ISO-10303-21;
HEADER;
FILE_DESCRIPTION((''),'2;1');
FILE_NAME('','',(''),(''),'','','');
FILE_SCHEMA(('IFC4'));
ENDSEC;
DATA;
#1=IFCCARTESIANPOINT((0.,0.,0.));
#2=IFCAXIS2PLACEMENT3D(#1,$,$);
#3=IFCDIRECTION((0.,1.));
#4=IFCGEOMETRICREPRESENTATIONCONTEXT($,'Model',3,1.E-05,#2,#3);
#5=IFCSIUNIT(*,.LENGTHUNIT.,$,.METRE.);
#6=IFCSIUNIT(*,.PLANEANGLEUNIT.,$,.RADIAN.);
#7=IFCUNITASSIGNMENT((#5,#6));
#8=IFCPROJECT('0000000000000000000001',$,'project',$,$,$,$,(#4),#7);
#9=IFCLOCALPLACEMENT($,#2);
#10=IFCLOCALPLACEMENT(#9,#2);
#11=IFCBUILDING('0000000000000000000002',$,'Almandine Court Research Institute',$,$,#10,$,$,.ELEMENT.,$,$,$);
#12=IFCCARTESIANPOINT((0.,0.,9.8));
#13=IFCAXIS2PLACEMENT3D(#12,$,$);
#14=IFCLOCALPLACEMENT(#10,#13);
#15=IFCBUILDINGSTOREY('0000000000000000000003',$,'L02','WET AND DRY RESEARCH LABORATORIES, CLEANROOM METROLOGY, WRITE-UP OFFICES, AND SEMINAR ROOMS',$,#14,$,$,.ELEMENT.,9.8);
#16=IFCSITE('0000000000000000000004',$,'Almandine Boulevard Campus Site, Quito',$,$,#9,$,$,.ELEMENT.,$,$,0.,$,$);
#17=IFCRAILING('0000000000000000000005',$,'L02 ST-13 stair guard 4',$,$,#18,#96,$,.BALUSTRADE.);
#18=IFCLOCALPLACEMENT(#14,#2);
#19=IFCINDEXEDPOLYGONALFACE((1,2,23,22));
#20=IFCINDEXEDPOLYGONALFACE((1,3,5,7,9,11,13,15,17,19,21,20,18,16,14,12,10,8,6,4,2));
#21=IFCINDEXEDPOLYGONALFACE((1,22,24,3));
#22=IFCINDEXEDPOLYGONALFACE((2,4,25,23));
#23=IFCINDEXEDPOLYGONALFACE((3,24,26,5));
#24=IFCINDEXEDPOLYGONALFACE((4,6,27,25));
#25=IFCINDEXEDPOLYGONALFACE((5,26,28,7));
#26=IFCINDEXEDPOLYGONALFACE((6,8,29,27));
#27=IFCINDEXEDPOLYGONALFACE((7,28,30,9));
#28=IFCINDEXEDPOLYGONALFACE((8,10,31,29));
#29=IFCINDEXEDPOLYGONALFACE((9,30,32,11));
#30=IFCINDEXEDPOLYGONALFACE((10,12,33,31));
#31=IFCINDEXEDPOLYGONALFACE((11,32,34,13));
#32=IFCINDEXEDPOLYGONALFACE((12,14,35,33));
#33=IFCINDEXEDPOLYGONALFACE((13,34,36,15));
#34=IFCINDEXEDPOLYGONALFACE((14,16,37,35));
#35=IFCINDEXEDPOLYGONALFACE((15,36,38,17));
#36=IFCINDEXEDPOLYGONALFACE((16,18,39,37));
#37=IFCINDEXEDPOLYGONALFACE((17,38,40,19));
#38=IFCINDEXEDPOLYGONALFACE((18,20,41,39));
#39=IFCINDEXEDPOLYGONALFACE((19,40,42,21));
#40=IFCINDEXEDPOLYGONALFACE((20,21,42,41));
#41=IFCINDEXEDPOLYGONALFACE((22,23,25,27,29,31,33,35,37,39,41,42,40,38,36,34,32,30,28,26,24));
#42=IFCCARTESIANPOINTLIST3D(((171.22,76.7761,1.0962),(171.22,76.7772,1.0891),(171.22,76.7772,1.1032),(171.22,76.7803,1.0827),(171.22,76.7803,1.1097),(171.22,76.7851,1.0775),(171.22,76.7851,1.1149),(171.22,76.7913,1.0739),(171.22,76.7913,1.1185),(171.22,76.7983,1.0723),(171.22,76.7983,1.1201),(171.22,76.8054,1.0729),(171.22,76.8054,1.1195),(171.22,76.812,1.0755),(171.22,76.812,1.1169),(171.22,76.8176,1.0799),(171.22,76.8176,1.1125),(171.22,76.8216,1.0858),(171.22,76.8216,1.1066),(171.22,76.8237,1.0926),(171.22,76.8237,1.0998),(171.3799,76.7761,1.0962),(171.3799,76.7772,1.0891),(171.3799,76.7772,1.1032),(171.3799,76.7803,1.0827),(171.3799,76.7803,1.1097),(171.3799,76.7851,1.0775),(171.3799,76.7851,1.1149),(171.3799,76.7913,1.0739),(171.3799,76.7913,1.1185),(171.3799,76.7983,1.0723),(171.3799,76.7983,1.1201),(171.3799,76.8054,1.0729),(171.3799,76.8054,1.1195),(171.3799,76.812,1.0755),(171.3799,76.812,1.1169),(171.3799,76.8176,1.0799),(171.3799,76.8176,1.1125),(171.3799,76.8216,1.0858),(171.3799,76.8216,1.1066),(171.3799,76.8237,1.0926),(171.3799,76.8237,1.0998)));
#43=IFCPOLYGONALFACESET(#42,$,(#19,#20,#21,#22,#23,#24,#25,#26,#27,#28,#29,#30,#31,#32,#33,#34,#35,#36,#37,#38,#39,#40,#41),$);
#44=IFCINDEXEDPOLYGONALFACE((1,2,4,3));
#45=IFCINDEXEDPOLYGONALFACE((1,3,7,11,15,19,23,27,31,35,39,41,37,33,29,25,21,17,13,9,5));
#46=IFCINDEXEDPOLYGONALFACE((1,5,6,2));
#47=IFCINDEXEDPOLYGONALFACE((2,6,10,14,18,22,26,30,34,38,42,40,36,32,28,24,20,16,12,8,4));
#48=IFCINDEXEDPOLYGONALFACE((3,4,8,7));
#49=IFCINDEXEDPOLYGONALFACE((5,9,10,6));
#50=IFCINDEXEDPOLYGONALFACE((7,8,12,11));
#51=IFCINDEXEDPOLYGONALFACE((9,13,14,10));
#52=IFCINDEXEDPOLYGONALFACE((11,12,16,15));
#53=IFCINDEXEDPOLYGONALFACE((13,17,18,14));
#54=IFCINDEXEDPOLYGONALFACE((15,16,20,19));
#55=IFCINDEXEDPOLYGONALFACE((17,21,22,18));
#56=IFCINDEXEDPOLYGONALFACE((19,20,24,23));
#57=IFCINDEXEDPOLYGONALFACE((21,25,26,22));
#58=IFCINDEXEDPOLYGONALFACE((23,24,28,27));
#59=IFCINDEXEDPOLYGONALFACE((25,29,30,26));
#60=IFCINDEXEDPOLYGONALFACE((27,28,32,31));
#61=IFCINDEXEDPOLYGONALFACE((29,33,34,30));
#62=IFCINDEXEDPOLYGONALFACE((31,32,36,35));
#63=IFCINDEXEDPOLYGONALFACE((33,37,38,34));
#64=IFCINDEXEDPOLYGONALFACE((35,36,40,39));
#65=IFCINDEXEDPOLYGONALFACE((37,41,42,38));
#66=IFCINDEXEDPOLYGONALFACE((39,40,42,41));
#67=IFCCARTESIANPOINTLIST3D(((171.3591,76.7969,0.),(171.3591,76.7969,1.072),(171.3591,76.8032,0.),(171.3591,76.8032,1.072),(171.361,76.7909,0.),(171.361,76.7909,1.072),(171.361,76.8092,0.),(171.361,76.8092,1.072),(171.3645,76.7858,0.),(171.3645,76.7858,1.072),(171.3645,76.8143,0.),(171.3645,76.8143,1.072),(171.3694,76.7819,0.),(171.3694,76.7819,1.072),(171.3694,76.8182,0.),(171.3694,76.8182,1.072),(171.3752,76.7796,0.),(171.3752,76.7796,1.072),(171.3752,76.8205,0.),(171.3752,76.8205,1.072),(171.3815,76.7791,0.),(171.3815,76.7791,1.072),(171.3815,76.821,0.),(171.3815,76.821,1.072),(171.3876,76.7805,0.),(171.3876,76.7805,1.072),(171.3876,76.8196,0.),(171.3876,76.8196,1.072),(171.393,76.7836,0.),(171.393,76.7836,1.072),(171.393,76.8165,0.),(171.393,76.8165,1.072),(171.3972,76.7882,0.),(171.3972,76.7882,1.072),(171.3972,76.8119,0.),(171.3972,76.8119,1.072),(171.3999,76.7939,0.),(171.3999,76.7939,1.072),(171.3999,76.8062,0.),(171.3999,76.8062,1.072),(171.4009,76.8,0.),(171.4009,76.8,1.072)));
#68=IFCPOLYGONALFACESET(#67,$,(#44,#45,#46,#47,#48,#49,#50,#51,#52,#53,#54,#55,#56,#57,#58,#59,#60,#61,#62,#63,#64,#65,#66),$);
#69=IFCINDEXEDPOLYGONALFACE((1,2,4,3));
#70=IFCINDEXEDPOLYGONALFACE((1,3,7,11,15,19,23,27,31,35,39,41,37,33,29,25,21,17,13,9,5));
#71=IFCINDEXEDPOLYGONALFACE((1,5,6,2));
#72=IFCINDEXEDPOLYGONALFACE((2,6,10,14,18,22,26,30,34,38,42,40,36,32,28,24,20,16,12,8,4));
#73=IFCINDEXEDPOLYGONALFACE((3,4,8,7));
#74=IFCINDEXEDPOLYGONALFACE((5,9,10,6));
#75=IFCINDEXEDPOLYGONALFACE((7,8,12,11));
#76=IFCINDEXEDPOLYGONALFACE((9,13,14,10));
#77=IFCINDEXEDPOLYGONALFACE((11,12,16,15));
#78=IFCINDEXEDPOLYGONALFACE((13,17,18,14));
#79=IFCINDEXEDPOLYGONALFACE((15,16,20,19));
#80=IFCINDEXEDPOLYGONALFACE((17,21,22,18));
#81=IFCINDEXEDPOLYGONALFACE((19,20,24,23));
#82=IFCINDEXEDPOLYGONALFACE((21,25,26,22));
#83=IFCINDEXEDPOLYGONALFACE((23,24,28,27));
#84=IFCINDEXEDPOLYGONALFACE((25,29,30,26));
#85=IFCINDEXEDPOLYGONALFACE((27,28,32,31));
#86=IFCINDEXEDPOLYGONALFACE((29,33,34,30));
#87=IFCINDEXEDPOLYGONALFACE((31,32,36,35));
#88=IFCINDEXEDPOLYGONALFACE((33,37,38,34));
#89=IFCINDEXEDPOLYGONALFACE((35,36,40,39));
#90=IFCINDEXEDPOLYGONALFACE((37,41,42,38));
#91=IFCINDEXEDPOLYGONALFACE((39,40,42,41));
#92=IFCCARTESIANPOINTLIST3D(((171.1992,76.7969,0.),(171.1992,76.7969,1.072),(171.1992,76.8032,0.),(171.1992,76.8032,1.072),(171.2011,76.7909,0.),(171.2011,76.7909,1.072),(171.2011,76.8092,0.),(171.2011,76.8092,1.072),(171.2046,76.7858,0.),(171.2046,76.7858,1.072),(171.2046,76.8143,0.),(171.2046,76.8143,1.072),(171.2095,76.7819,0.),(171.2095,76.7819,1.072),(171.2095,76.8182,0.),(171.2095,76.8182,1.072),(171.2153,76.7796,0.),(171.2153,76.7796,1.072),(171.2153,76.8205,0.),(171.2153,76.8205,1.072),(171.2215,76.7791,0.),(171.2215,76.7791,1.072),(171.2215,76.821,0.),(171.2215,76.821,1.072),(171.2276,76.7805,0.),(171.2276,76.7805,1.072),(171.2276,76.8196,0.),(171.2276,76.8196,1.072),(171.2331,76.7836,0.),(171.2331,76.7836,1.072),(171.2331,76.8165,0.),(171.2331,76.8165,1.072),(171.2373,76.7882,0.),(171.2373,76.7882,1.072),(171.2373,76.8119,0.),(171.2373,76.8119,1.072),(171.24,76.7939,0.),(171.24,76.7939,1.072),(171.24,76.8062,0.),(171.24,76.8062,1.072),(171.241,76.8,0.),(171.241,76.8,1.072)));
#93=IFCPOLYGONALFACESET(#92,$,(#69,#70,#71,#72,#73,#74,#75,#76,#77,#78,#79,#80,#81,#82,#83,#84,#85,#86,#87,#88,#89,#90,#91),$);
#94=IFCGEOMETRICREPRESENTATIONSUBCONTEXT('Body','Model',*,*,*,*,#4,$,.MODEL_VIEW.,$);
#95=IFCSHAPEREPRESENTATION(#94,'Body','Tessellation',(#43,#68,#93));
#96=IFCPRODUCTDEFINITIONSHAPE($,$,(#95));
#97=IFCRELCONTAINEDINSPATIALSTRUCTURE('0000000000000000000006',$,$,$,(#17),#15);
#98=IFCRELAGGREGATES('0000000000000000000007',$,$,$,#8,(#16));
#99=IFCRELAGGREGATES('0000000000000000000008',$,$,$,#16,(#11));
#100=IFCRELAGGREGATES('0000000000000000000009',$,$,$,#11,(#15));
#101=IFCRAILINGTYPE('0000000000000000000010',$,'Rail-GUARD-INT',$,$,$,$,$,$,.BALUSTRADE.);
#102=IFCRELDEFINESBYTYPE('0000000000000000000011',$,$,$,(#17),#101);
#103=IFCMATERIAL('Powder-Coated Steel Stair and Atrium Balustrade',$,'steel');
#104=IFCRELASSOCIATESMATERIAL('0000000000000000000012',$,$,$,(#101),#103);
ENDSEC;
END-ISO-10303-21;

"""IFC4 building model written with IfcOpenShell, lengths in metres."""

from ifc_helpers import new_model, si_unit, direction, frame, origin, origin_2d, place, context, subcontext, project, spatial, circle, extrude, material, type_object, element, save


model = new_model("IFC4")

# Units and contexts
model_context = context("Model", 3, precision=1e-05, world=origin(), true_north=direction((0.0, 1.0)))
body_context = subcontext(model_context, "Body", "Model", "MODEL_VIEW")
ifc_project = project(units=[si_unit("LENGTHUNIT", "METRE"), si_unit("PLANEANGLEUNIT", "RADIAN")], contexts=[model_context])

# Site, building, storey
site_placement = place(None, origin())
site = spatial("IfcSite", under=ifc_project, at=site_placement, Name="Almandine Boulevard Campus Site, Quito", CompositionType="ELEMENT", RefElevation=0.0)
building_placement = place(site_placement, origin())
building = spatial("IfcBuilding", under=site, at=building_placement, Name="Almandine Court Research Institute", CompositionType="ELEMENT")
storey_placement = place(building_placement, frame((0.0, 0.0, 9.8)))
storey = spatial("IfcBuildingStorey", under=building, at=storey_placement, Name="L02", Description="WET AND DRY RESEARCH LABORATORIES, CLEANROOM METROLOGY, WRITE-UP OFFICES, AND SEMINAR ROOMS", CompositionType="ELEMENT", Elevation=9.8)

# Railing
ifc_material_1 = material(Name="Powder-Coated Steel Stair and Atrium Balustrade", Category="steel")
railing_type_1 = type_object("IfcRailingType", Name="Rail-GUARD-INT", PredefinedType="BALUSTRADE", material=ifc_material_1)
railing_1_placement = place(storey_placement, frame((171.3799, 76.8, 0.0)))
element("IfcRailing", 1, at=railing_1_placement, inside=storey, type_object=railing_type_1, Name="L02 ST-13 stair guard 4", PredefinedType="BALUSTRADE", context=body_context, shape_type="SweptSolid", body=[
    extrude(circle(Radius=0.0239, at=origin_2d()), frame((0.0, 0.0, 1.0962), z_axis=(-1.0, 0.0, 0.0), x_axis=(0.0, -1.0, 0.0)), (0.0, 0.0, 1.0), 0.1599),
    extrude(circle(Radius=0.021, at=origin_2d()), origin(), (0.0, 0.0, 1.0), 1.072),
    extrude(circle(Radius=0.021, at=origin_2d()), frame((-0.1599, 0.0, 0.0)), (0.0, 0.0, 1.0), 1.072),
])

save(model, "model.ifc")
